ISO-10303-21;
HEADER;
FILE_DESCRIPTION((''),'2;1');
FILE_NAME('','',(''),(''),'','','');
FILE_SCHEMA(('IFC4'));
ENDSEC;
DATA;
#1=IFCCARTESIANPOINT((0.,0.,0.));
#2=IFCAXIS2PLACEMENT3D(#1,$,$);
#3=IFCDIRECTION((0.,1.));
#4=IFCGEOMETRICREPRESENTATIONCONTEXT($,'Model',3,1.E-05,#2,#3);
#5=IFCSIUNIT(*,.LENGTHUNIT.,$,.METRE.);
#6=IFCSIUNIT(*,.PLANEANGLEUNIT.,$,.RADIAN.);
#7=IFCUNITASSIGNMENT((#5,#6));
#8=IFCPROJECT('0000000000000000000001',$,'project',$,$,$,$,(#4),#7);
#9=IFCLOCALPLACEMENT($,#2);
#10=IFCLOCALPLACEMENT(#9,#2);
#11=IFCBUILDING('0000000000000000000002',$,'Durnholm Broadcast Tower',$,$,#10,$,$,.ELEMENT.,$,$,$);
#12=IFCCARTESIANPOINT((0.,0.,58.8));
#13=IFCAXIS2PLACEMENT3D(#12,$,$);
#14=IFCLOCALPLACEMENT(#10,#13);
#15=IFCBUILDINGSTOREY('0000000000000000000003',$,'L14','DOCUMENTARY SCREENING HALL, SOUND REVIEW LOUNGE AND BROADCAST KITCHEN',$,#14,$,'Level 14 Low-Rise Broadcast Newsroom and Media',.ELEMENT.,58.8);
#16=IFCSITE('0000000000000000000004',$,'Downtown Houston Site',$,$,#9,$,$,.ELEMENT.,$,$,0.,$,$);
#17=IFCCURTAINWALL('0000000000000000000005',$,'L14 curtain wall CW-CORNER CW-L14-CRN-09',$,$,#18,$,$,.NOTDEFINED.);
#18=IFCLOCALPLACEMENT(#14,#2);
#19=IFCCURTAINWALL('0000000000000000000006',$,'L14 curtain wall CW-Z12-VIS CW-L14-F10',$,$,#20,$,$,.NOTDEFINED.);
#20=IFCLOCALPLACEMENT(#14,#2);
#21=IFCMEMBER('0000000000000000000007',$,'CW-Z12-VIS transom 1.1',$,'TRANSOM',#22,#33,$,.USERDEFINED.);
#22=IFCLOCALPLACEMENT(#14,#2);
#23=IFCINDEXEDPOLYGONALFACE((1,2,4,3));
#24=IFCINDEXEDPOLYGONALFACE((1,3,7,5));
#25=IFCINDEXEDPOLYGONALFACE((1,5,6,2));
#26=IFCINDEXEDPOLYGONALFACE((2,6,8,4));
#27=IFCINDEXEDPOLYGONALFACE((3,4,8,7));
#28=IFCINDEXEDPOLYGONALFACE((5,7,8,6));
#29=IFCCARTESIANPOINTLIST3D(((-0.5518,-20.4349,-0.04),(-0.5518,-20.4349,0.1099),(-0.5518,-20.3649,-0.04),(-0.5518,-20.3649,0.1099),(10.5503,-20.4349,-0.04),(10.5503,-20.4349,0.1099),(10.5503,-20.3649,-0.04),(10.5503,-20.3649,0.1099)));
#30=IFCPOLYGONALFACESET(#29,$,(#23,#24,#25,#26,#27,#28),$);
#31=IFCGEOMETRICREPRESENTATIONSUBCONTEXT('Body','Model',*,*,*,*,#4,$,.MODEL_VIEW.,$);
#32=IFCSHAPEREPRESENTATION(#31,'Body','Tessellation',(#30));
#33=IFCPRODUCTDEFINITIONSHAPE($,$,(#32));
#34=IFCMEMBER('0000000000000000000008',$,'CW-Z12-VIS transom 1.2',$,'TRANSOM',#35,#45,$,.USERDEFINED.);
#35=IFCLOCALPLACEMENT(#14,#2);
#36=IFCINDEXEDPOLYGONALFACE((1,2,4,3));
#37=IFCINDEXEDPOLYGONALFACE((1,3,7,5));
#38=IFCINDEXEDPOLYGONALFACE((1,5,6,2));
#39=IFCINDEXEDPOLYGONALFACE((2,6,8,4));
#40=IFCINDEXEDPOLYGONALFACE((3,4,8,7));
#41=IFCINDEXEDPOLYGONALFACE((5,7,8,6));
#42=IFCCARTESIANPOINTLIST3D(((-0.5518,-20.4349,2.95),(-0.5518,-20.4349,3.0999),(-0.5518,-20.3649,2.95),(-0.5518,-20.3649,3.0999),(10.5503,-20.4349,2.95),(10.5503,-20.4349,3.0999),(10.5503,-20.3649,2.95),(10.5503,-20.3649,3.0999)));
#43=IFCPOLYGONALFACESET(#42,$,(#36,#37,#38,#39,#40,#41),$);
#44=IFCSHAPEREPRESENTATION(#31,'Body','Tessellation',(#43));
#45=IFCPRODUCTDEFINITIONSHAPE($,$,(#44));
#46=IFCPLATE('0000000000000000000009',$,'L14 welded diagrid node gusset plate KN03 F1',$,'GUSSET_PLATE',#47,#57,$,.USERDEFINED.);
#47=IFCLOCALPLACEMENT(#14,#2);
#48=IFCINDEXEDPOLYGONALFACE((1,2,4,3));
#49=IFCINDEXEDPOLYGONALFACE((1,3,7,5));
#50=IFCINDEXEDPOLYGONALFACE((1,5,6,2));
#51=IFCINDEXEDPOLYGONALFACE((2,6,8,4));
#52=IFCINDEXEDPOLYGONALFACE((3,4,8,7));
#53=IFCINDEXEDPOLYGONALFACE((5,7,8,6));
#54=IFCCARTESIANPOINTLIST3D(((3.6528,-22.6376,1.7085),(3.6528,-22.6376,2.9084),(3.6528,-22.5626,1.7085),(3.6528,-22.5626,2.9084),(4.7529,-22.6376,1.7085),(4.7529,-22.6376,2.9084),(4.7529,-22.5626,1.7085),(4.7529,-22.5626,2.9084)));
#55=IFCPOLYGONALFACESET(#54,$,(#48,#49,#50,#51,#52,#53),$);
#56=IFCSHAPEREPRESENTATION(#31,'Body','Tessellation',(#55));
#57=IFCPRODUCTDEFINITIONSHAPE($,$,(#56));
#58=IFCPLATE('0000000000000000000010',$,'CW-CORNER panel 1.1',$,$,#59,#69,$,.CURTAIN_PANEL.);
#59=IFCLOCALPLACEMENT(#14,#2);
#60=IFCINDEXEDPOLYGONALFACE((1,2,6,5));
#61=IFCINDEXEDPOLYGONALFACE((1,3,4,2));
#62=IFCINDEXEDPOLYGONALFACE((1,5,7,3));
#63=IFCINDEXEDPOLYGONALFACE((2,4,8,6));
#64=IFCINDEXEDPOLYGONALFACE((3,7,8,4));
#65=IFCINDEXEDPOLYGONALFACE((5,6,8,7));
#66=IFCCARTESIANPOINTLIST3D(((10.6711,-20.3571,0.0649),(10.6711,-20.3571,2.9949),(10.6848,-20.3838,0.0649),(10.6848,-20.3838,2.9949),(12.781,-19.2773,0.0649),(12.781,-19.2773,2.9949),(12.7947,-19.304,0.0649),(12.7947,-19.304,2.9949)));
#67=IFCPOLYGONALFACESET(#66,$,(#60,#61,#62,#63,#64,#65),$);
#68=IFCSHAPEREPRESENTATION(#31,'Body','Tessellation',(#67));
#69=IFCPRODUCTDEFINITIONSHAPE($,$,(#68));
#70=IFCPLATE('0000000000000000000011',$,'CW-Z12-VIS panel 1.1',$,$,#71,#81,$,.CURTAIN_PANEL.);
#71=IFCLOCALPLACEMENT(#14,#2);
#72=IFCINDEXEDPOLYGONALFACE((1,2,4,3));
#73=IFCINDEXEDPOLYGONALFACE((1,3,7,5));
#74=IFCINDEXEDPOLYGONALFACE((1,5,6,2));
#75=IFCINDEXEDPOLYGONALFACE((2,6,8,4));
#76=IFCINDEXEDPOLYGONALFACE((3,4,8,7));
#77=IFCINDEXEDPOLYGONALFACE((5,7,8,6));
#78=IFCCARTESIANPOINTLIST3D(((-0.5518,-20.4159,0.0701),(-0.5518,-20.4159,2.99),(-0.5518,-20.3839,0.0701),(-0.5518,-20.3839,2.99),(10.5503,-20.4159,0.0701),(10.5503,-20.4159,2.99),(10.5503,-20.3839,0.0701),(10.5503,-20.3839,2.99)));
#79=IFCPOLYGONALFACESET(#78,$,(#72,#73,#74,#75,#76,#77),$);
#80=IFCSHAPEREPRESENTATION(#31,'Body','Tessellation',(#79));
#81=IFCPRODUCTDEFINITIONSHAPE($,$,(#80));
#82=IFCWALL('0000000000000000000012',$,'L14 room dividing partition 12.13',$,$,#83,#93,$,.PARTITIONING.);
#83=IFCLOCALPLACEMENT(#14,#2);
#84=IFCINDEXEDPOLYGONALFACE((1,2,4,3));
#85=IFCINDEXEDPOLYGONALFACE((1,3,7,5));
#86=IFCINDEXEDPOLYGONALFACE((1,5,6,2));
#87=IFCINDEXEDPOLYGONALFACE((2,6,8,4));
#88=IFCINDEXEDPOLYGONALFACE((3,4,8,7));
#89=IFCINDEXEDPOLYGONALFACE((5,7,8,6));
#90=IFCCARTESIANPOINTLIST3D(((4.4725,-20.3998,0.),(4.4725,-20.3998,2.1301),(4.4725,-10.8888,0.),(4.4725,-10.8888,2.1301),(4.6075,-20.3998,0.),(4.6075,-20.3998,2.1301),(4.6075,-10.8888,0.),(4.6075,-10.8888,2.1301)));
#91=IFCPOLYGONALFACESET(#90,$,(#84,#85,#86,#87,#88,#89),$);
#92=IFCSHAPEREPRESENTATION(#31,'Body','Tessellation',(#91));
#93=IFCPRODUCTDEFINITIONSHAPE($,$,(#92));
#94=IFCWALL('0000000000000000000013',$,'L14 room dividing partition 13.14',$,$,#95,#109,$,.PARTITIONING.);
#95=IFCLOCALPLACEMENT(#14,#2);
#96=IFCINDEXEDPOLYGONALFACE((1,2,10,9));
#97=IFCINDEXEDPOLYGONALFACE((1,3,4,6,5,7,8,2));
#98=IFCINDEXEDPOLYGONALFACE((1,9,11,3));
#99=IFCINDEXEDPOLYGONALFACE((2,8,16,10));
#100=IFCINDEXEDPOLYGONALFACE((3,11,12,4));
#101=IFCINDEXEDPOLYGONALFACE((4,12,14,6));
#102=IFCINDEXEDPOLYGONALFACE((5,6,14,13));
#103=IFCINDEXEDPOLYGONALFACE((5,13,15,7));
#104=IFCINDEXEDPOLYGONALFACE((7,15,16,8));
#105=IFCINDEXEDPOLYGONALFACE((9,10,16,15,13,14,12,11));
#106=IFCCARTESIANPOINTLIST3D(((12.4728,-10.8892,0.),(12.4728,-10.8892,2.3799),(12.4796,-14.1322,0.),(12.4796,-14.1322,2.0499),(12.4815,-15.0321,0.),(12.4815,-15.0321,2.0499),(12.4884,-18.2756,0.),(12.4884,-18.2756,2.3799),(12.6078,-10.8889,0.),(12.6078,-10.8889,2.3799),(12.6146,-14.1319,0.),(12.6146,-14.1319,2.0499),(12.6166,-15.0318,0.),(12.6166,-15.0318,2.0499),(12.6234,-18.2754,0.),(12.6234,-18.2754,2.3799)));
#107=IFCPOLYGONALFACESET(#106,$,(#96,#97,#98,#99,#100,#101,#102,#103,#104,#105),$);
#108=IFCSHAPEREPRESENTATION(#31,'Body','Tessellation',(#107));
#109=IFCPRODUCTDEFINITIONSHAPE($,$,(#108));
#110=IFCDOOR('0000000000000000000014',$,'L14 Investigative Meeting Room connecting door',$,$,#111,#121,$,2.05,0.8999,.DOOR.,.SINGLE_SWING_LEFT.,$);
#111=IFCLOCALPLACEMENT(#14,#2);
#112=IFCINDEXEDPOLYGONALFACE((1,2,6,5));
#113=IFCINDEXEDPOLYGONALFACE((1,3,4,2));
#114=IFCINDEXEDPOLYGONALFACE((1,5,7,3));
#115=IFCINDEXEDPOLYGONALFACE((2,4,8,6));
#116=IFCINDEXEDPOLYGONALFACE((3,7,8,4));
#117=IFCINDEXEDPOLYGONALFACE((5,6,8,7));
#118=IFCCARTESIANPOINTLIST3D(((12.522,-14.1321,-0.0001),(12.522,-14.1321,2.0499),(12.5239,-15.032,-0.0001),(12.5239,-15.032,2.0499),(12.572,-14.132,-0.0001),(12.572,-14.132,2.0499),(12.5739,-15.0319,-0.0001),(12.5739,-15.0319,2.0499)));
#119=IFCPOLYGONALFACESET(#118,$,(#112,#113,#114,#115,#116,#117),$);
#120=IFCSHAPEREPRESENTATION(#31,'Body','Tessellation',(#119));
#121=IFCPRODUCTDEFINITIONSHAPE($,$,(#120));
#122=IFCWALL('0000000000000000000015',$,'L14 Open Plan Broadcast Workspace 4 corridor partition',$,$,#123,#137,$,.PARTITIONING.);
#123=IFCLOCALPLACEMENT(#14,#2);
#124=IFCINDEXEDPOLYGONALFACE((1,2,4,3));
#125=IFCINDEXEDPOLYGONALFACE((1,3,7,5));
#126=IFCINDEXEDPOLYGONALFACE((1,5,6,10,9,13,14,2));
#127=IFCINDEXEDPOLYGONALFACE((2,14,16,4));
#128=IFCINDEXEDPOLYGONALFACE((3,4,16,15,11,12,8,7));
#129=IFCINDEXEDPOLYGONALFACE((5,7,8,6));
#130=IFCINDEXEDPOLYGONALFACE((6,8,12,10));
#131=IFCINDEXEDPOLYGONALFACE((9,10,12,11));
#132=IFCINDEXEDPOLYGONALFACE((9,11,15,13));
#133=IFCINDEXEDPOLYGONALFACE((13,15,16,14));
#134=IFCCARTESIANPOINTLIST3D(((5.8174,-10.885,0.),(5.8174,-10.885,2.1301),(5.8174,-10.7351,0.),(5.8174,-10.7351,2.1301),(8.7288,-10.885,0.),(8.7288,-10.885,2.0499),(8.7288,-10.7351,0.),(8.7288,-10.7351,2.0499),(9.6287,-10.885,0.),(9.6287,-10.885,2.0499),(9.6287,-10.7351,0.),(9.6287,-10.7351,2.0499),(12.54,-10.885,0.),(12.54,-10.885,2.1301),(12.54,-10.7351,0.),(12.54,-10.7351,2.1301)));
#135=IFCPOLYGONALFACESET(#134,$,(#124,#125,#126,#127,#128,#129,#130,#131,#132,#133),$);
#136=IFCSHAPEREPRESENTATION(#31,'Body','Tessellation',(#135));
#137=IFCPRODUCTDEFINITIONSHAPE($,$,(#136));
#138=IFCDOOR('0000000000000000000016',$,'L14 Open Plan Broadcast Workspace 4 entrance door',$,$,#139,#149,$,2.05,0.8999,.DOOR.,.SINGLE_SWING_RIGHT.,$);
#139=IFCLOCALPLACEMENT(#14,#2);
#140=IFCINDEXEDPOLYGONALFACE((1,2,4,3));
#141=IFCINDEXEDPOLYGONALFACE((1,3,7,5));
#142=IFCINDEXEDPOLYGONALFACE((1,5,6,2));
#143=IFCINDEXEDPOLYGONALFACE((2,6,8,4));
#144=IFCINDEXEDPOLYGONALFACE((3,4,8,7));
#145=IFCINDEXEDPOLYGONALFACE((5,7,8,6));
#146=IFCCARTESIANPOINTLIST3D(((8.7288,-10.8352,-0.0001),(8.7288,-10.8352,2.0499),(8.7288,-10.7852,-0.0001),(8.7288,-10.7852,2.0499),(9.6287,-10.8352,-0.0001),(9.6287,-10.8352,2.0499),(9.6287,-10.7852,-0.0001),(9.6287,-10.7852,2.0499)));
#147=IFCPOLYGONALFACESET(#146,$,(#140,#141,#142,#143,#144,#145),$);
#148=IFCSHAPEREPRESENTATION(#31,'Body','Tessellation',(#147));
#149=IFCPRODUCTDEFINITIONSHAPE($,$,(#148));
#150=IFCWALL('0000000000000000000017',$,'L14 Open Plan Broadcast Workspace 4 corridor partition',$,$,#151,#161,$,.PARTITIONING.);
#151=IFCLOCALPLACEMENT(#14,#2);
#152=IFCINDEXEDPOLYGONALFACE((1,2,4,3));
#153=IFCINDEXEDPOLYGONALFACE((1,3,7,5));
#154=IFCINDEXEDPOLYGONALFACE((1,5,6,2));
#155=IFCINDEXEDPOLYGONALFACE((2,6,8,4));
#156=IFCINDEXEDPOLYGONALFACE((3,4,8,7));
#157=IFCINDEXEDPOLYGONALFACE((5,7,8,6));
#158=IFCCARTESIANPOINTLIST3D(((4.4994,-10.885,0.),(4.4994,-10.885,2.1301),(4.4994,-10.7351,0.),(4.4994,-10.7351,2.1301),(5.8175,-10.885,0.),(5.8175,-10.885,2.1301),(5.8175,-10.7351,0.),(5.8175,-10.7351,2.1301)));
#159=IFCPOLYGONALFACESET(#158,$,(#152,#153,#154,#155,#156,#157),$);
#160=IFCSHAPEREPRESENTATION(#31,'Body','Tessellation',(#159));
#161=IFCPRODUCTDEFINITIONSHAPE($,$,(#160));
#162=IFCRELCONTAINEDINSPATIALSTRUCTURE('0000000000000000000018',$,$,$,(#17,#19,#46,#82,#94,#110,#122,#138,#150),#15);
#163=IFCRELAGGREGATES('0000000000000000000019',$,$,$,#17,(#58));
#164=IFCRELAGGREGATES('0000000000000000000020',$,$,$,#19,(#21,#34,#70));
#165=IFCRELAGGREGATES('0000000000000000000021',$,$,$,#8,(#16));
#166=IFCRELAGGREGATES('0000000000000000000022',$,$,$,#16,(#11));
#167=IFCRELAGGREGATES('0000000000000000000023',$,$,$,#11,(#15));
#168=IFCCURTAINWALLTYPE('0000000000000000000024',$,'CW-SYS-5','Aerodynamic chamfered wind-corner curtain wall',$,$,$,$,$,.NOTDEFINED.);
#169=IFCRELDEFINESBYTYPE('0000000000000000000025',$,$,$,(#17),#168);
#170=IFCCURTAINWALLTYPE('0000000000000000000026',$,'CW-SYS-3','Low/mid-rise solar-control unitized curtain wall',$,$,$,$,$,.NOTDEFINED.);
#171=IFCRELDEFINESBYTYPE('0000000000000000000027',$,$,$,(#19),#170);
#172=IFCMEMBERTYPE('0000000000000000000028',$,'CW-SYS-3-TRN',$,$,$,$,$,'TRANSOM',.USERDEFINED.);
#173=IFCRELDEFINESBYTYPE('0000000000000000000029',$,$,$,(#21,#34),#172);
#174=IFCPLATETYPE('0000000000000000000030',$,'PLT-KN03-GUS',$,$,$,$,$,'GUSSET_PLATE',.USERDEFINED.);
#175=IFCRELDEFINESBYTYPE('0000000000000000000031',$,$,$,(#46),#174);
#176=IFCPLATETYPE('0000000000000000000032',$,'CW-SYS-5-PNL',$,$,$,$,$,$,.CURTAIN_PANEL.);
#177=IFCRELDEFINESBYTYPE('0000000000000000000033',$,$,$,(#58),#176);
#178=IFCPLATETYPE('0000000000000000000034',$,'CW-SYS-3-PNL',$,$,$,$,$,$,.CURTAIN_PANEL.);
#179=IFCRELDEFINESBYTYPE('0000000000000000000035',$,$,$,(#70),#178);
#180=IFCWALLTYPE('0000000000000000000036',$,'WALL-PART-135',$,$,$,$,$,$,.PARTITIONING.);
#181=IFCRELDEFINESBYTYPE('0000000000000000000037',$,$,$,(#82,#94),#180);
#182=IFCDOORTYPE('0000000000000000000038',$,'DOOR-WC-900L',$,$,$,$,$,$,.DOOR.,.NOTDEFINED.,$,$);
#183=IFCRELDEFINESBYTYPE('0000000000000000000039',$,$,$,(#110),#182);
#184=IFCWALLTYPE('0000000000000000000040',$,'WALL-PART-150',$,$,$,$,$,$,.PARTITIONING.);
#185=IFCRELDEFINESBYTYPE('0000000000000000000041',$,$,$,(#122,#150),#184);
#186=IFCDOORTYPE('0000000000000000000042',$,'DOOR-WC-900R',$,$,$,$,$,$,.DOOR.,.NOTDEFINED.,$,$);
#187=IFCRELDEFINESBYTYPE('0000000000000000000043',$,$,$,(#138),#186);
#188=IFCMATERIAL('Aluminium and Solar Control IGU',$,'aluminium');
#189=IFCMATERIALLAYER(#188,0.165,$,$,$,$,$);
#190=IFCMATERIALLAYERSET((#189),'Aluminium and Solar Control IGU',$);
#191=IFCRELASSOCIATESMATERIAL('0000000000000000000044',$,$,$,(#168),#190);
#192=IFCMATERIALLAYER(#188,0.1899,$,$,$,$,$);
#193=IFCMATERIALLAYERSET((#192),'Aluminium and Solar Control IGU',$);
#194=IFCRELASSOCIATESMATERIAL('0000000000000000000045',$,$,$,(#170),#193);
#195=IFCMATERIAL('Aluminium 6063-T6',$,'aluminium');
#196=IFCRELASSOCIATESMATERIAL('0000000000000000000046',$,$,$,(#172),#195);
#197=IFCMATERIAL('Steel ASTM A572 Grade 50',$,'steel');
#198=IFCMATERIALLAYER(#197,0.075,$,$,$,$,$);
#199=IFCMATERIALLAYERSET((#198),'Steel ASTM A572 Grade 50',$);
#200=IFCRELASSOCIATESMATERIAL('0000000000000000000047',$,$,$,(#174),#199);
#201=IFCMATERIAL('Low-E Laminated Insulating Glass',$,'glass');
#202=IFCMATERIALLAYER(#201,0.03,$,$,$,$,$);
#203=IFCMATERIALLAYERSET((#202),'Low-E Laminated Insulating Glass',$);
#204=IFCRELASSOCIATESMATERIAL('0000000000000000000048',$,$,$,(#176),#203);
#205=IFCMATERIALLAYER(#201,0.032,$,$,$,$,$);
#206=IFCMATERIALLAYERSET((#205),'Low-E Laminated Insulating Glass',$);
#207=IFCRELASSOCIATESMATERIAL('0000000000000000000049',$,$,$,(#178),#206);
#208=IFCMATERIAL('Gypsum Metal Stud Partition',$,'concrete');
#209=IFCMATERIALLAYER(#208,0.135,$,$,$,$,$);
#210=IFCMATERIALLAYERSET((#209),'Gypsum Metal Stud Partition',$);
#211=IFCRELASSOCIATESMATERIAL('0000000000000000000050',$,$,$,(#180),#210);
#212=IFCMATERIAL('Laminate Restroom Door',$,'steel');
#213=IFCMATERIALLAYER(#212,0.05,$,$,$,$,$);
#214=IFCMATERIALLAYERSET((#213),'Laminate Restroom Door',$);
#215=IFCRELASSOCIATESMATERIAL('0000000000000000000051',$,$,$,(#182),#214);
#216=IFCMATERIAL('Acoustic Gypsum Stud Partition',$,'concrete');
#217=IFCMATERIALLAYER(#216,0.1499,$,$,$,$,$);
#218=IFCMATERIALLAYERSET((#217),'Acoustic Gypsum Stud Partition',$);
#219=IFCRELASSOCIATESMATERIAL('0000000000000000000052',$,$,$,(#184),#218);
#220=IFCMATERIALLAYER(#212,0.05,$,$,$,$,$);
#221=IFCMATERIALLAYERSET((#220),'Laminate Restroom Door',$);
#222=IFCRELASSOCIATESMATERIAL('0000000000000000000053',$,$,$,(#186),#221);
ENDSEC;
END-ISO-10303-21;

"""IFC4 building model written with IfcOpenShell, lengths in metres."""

from ifc_helpers import new_model, si_unit, direction, frame, frame_2d, origin, origin_2d, place, context, subcontext, project, spatial, rectangle, extrude, source, transform, mapped, material, layer, layer_set, material_profile, profile_set, type_object, type_shapes, element, fill, aggregate, save


model = new_model("IFC4")

# Units and contexts
model_context = context("Model", 3, precision=1e-05, world=origin(), true_north=direction((0.0, 1.0)))
body_context = subcontext(model_context, "Body", "Model", "MODEL_VIEW")
ifc_project = project(units=[si_unit("LENGTHUNIT", "METRE"), si_unit("PLANEANGLEUNIT", "RADIAN")], contexts=[model_context])

# Site, building, storey
site_placement = place(None, origin())
site = spatial("IfcSite", under=ifc_project, at=site_placement, Name="Downtown Houston Site", CompositionType="ELEMENT", RefElevation=0.0)
building_placement = place(site_placement, origin())
building = spatial("IfcBuilding", under=site, at=building_placement, Name="Durnholm Broadcast Tower", CompositionType="ELEMENT")
storey_placement = place(building_placement, frame((0.0, 0.0, 58.8)))
storey = spatial("IfcBuildingStorey", under=building, at=storey_placement, Name="L14", Description="DOCUMENTARY SCREENING HALL, SOUND REVIEW LOUNGE AND BROADCAST KITCHEN", LongName="Level 14 Low-Rise Broadcast Newsroom and Media", CompositionType="ELEMENT", Elevation=58.8)

# Curtain wall
ifc_material_1 = material(Name="Aluminium and Solar Control IGU", Category="aluminium")
ifc_layer_1 = layer(ifc_material_1, 0.165)
ifc_layer_set_1 = layer_set([ifc_layer_1], Name="Aluminium and Solar Control IGU")
curtain_wall_type_1 = type_object("IfcCurtainWallType", Name="CW-SYS-5", Description="Aerodynamic chamfered wind-corner curtain wall", PredefinedType="NOTDEFINED", material=ifc_layer_set_1)
curtain_wall_1_placement = place(storey_placement, origin())
curtain_wall_1 = element("IfcCurtainWall", 1, at=curtain_wall_1_placement, inside=storey, type_object=curtain_wall_type_1, Name="L14 curtain wall CW-CORNER CW-L14-CRN-09", PredefinedType="NOTDEFINED")
ifc_material_2 = material(Name="Aluminium 6063-T6", Category="aluminium")

# Curtain wall, members
ifc_layer_2 = layer(ifc_material_1, 0.1899)
ifc_layer_set_2 = layer_set([ifc_layer_2], Name="Aluminium and Solar Control IGU")
curtain_wall_type_2 = type_object("IfcCurtainWallType", Name="CW-SYS-3", Description="Low/mid-rise solar-control unitized curtain wall", PredefinedType="NOTDEFINED", material=ifc_layer_set_2)
curtain_wall_2_placement = place(storey_placement, origin())
curtain_wall_2 = element("IfcCurtainWall", 2, at=curtain_wall_2_placement, inside=storey, type_object=curtain_wall_type_2, Name="L14 curtain wall CW-Z12-VIS CW-L14-F10", PredefinedType="NOTDEFINED")
ifc_material_profile_1 = material_profile(ifc_material_2, rectangle(XDim=0.0701, YDim=0.1499, at=origin_2d()), Name="CWT70X150")
ifc_profile_set_1 = profile_set([ifc_material_profile_1], Name="Aluminium 6063-T6")
member_type_1 = type_object("IfcMemberType", Name="CW-SYS-3-TRN", ElementType="TRANSOM", PredefinedType="USERDEFINED", material=ifc_profile_set_1)
shared_shape_1 = source(origin(), body_context, "Body", "SweptSolid", [
    extrude(rectangle(XDim=0.0701, YDim=0.1499, at=origin_2d()), origin(), (0.0, 0.0, 1.0), 11.1021),
])
type_shapes(member_type_1, [shared_shape_1])
member_1_placement = place(storey_placement, frame((10.5503, -20.3999, 0.0349), z_axis=(-1.0, 0.0, 0.0), x_axis=(0.0, -1.0, 0.0)))
member_1 = element("IfcMember", 3, at=member_1_placement, type_object=member_type_1, Name="CW-Z12-VIS transom 1.1", ObjectType="TRANSOM", PredefinedType="USERDEFINED", context=body_context, shape_type="MappedRepresentation", body=[
    mapped(shared_shape_1, transform((0.0, 0.0, 0.0), x_axis=(1.0, 0.0, 0.0), y_axis=(0.0, 1.0, 0.0), z_axis=(0.0, 0.0, 1.0), scale=1.0)),
])
member_2_placement = place(storey_placement, frame((10.5503, -20.3999, 3.0249), z_axis=(-1.0, 0.0, 0.0), x_axis=(0.0, -1.0, 0.0)))
member_2 = element("IfcMember", 4, at=member_2_placement, type_object=member_type_1, Name="CW-Z12-VIS transom 1.2", ObjectType="TRANSOM", PredefinedType="USERDEFINED", context=body_context, shape_type="MappedRepresentation", body=[
    mapped(shared_shape_1, transform((0.0, 0.0, 0.0), x_axis=(1.0, 0.0, 0.0), y_axis=(0.0, 1.0, 0.0), z_axis=(0.0, 0.0, 1.0), scale=1.0)),
])

# Plates
ifc_material_3 = material(Name="Steel ASTM A572 Grade 50", Category="steel")
ifc_layer_3 = layer(ifc_material_3, 0.075)
ifc_layer_set_3 = layer_set([ifc_layer_3], Name="Steel ASTM A572 Grade 50")
plate_type_1 = type_object("IfcPlateType", Name="PLT-KN03-GUS", ElementType="GUSSET_PLATE", PredefinedType="USERDEFINED", material=ifc_layer_set_3)
shared_shape_2 = source(origin(), body_context, "Body", "SweptSolid", [
    extrude(rectangle(XDim=1.1001, YDim=0.075, at=origin_2d()), origin(), (0.0, 0.0, 1.0), 1.2),
])
type_shapes(plate_type_1, [shared_shape_2])
plate_1_placement = place(storey_placement, frame((4.2029, -22.6001, 1.7085), z_axis=(0.0, 0.0, 1.0), x_axis=(1.0, 0.0, 0.0)))
element("IfcPlate", 5, at=plate_1_placement, inside=storey, type_object=plate_type_1, Name="L14 welded diagrid node gusset plate KN03 F1", ObjectType="GUSSET_PLATE", PredefinedType="USERDEFINED", context=body_context, shape_type="MappedRepresentation", body=[
    mapped(shared_shape_2, transform((0.0, 0.0, 0.0), x_axis=(1.0, 0.0, 0.0), y_axis=(0.0, 1.0, 0.0), z_axis=(0.0, 0.0, 1.0), scale=1.0)),
])
ifc_material_4 = material(Name="Low-E Laminated Insulating Glass", Category="glass")
ifc_layer_4 = layer(ifc_material_4, 0.03)
ifc_layer_set_4 = layer_set([ifc_layer_4], Name="Low-E Laminated Insulating Glass")
plate_type_2 = type_object("IfcPlateType", Name="CW-SYS-5-PNL", PredefinedType="CURTAIN_PANEL", material=ifc_layer_set_4)
shared_shape_3 = source(origin(), body_context, "Body", "SweptSolid", [
    extrude(rectangle(XDim=2.3701, YDim=0.03, at=origin_2d()), origin(), (0.0, 0.0, 1.0), 2.9299),
])
type_shapes(plate_type_2, [shared_shape_3])
plate_2_placement = place(storey_placement, frame((11.7329, -19.8306, 0.0649), z_axis=(0.0, 0.0, 1.0), x_axis=(-0.890188, -0.455594, 0.0)))
plate_2 = element("IfcPlate", 6, at=plate_2_placement, type_object=plate_type_2, Name="CW-CORNER panel 1.1", PredefinedType="CURTAIN_PANEL", context=body_context, shape_type="MappedRepresentation", body=[
    mapped(shared_shape_3, transform((0.0, 0.0, 0.0), x_axis=(1.0, 0.0, 0.0), y_axis=(0.0, 1.0, 0.0), z_axis=(0.0, 0.0, 1.0), scale=1.0)),
])
aggregate(curtain_wall_1, [plate_2])
ifc_layer_5 = layer(ifc_material_4, 0.032)
ifc_layer_set_5 = layer_set([ifc_layer_5], Name="Low-E Laminated Insulating Glass")
plate_type_3 = type_object("IfcPlateType", Name="CW-SYS-3-PNL", PredefinedType="CURTAIN_PANEL", material=ifc_layer_set_5)
shared_shape_4 = source(origin(), body_context, "Body", "SweptSolid", [
    extrude(rectangle(XDim=11.1021, YDim=0.032, at=origin_2d()), origin(), (0.0, 0.0, 1.0), 2.9199),
])
type_shapes(plate_type_3, [shared_shape_4])
plate_3_placement = place(storey_placement, frame((4.9993, -20.3999, 0.0701), z_axis=(0.0, 0.0, 1.0), x_axis=(-1.0, 0.0, 0.0)))
plate_3 = element("IfcPlate", 7, at=plate_3_placement, type_object=plate_type_3, Name="CW-Z12-VIS panel 1.1", PredefinedType="CURTAIN_PANEL", context=body_context, shape_type="MappedRepresentation", body=[
    mapped(shared_shape_4, transform((0.0, 0.0, 0.0), x_axis=(1.0, 0.0, 0.0), y_axis=(0.0, 1.0, 0.0), z_axis=(0.0, 0.0, 1.0), scale=1.0)),
])
aggregate(curtain_wall_2, [member_1, member_2, plate_3])

# Wall
ifc_material_5 = material(Name="Gypsum Metal Stud Partition", Category="concrete")
ifc_layer_6 = layer(ifc_material_5, 0.135)
ifc_layer_set_6 = layer_set([ifc_layer_6], Name="Gypsum Metal Stud Partition")
wall_type_1 = type_object("IfcWallType", Name="WALL-PART-135", PredefinedType="PARTITIONING", material=ifc_layer_set_6)
wall_1_placement = place(storey_placement, frame((4.54, -10.8889, 0.0), z_axis=(0.0, 0.0, 1.0), x_axis=(0.0, -1.0, 0.0)))
element("IfcWall", 8, at=wall_1_placement, inside=storey, type_object=wall_type_1, Name="L14 room dividing partition 12.13", PredefinedType="PARTITIONING", context=body_context, shape_type="SweptSolid", body=[
    extrude(rectangle(XDim=9.511, YDim=0.135, at=frame_2d((4.7554, 0.0))), origin(), (0.0, 0.0, 1.0), 2.1301),
])

# Walls, openings, doors
wall_2_placement = place(storey_placement, frame((12.5403, -10.8889, 0.0), z_axis=(0.0, 0.0, 1.0), x_axis=(0.002115, -0.999998, 0.0)))
wall_2 = element("IfcWall", 9, at=wall_2_placement, inside=storey, type_object=wall_type_1, Name="L14 room dividing partition 13.14", PredefinedType="PARTITIONING", context=body_context, shape_type="SweptSolid", body=[
    extrude(rectangle(XDim=7.3865, YDim=0.135, at=frame_2d((3.6934, 0.0))), origin(), (0.0, 0.0, 1.0), 2.3799),
])
opening_1_placement = place(wall_2_placement, frame((3.2432, 0.0, 0.0)))
opening_1 = element("IfcOpeningElement", 10, at=opening_1_placement, cuts=wall_2, PredefinedType="OPENING", context=body_context, shape_type="SweptSolid", body=[
    extrude(rectangle(XDim=0.8999, YDim=2.05, at=frame_2d((0.45, 1.0249))), frame((0.0, 0.0776, 0.0), z_axis=(0.0, -1.0, 0.0), x_axis=(1.0, 0.0, 0.0)), (0.0, 0.0, 1.0), 0.155),
])
ifc_material_6 = material(Name="Laminate Restroom Door", Category="steel")
ifc_layer_7 = layer(ifc_material_6, 0.05)
ifc_layer_set_7 = layer_set([ifc_layer_7], Name="Laminate Restroom Door")
door_type_1 = type_object("IfcDoorType", Name="DOOR-WC-900L", OperationType="NOTDEFINED", PredefinedType="DOOR", material=ifc_layer_set_7)
shared_shape_5 = source(origin(), body_context, "Body", "SweptSolid", [
    extrude(rectangle(XDim=0.8999, YDim=2.05, at=frame_2d((0.45, 1.0249))), frame((0.0, 0.0249, 0.0), z_axis=(0.0, -1.0, 0.0), x_axis=(1.0, 0.0, 0.0)), (0.0, 0.0, 1.0), 0.05),
])
type_shapes(door_type_1, [shared_shape_5])
door_1_placement = place(opening_1_placement, origin())
door_1 = element("IfcDoor", 11, at=door_1_placement, inside=storey, type_object=door_type_1, Name="L14 Investigative Meeting Room connecting door", OperationType="SINGLE_SWING_LEFT", OverallHeight=2.05, OverallWidth=0.8999, PredefinedType="DOOR", context=body_context, shape_type="MappedRepresentation", body=[
    mapped(shared_shape_5, transform((0.0, 0.0, 0.0), x_axis=(1.0, 0.0, 0.0), y_axis=(0.0, 1.0, 0.0), z_axis=(0.0, 0.0, 1.0), scale=1.0)),
])
fill(opening_1, door_1)
ifc_material_7 = material(Name="Acoustic Gypsum Stud Partition", Category="concrete")
ifc_layer_8 = layer(ifc_material_7, 0.1499)
ifc_layer_set_8 = layer_set([ifc_layer_8], Name="Acoustic Gypsum Stud Partition")
wall_type_2 = type_object("IfcWallType", Name="WALL-PART-150", PredefinedType="PARTITIONING", material=ifc_layer_set_8)
wall_3_placement = place(storey_placement, frame((5.8174, -10.8101, 0.0), z_axis=(0.0, 0.0, 1.0), x_axis=(1.0, 0.0, 0.0)))
wall_3 = element("IfcWall", 12, at=wall_3_placement, inside=storey, type_object=wall_type_2, Name="L14 Open Plan Broadcast Workspace 4 corridor partition", PredefinedType="PARTITIONING", context=body_context, shape_type="SweptSolid", body=[
    extrude(rectangle(XDim=6.7227, YDim=0.1499, at=frame_2d((3.3613, 0.0))), origin(), (0.0, 0.0, 1.0), 2.1301),
])
opening_2_placement = place(wall_3_placement, frame((2.9114, 0.0, 0.0)))
opening_2 = element("IfcOpeningElement", 13, at=opening_2_placement, cuts=wall_3, PredefinedType="OPENING", context=body_context, shape_type="SweptSolid", body=[
    extrude(rectangle(XDim=0.8999, YDim=2.05, at=frame_2d((0.45, 1.0249))), frame((0.0, 0.085, 0.0), z_axis=(0.0, -1.0, 0.0), x_axis=(1.0, 0.0, 0.0)), (0.0, 0.0, 1.0), 0.1699),
])
ifc_layer_9 = layer(ifc_material_6, 0.05)
ifc_layer_set_9 = layer_set([ifc_layer_9], Name="Laminate Restroom Door")
door_type_2 = type_object("IfcDoorType", Name="DOOR-WC-900R", OperationType="NOTDEFINED", PredefinedType="DOOR", material=ifc_layer_set_9)
shared_shape_6 = source(origin(), body_context, "Body", "SweptSolid", [
    extrude(rectangle(XDim=0.8999, YDim=2.05, at=frame_2d((0.45, 1.0249))), frame((0.0, 0.0249, 0.0), z_axis=(0.0, -1.0, 0.0), x_axis=(1.0, 0.0, 0.0)), (0.0, 0.0, 1.0), 0.05),
])
type_shapes(door_type_2, [shared_shape_6])
door_2_placement = place(opening_2_placement, origin())
door_2 = element("IfcDoor", 14, at=door_2_placement, inside=storey, type_object=door_type_2, Name="L14 Open Plan Broadcast Workspace 4 entrance door", OperationType="SINGLE_SWING_RIGHT", OverallHeight=2.05, OverallWidth=0.8999, PredefinedType="DOOR", context=body_context, shape_type="MappedRepresentation", body=[
    mapped(shared_shape_6, transform((0.0, 0.0, 0.0), x_axis=(1.0, 0.0, 0.0), y_axis=(0.0, 1.0, 0.0), z_axis=(0.0, 0.0, 1.0), scale=1.0)),
])
fill(opening_2, door_2)

# Wall
wall_4_placement = place(storey_placement, frame((4.4993, -10.8101, 0.0), z_axis=(0.0, 0.0, 1.0), x_axis=(1.0, 0.0, 0.0)))
element("IfcWall", 15, at=wall_4_placement, inside=storey, type_object=wall_type_2, Name="L14 Open Plan Broadcast Workspace 4 corridor partition", PredefinedType="PARTITIONING", context=body_context, shape_type="SweptSolid", body=[
    extrude(rectangle(XDim=1.3181, YDim=0.1499, at=frame_2d((0.6592, 0.0))), origin(), (0.0, 0.0, 1.0), 2.1301),
])

save(model, "model.ifc")
